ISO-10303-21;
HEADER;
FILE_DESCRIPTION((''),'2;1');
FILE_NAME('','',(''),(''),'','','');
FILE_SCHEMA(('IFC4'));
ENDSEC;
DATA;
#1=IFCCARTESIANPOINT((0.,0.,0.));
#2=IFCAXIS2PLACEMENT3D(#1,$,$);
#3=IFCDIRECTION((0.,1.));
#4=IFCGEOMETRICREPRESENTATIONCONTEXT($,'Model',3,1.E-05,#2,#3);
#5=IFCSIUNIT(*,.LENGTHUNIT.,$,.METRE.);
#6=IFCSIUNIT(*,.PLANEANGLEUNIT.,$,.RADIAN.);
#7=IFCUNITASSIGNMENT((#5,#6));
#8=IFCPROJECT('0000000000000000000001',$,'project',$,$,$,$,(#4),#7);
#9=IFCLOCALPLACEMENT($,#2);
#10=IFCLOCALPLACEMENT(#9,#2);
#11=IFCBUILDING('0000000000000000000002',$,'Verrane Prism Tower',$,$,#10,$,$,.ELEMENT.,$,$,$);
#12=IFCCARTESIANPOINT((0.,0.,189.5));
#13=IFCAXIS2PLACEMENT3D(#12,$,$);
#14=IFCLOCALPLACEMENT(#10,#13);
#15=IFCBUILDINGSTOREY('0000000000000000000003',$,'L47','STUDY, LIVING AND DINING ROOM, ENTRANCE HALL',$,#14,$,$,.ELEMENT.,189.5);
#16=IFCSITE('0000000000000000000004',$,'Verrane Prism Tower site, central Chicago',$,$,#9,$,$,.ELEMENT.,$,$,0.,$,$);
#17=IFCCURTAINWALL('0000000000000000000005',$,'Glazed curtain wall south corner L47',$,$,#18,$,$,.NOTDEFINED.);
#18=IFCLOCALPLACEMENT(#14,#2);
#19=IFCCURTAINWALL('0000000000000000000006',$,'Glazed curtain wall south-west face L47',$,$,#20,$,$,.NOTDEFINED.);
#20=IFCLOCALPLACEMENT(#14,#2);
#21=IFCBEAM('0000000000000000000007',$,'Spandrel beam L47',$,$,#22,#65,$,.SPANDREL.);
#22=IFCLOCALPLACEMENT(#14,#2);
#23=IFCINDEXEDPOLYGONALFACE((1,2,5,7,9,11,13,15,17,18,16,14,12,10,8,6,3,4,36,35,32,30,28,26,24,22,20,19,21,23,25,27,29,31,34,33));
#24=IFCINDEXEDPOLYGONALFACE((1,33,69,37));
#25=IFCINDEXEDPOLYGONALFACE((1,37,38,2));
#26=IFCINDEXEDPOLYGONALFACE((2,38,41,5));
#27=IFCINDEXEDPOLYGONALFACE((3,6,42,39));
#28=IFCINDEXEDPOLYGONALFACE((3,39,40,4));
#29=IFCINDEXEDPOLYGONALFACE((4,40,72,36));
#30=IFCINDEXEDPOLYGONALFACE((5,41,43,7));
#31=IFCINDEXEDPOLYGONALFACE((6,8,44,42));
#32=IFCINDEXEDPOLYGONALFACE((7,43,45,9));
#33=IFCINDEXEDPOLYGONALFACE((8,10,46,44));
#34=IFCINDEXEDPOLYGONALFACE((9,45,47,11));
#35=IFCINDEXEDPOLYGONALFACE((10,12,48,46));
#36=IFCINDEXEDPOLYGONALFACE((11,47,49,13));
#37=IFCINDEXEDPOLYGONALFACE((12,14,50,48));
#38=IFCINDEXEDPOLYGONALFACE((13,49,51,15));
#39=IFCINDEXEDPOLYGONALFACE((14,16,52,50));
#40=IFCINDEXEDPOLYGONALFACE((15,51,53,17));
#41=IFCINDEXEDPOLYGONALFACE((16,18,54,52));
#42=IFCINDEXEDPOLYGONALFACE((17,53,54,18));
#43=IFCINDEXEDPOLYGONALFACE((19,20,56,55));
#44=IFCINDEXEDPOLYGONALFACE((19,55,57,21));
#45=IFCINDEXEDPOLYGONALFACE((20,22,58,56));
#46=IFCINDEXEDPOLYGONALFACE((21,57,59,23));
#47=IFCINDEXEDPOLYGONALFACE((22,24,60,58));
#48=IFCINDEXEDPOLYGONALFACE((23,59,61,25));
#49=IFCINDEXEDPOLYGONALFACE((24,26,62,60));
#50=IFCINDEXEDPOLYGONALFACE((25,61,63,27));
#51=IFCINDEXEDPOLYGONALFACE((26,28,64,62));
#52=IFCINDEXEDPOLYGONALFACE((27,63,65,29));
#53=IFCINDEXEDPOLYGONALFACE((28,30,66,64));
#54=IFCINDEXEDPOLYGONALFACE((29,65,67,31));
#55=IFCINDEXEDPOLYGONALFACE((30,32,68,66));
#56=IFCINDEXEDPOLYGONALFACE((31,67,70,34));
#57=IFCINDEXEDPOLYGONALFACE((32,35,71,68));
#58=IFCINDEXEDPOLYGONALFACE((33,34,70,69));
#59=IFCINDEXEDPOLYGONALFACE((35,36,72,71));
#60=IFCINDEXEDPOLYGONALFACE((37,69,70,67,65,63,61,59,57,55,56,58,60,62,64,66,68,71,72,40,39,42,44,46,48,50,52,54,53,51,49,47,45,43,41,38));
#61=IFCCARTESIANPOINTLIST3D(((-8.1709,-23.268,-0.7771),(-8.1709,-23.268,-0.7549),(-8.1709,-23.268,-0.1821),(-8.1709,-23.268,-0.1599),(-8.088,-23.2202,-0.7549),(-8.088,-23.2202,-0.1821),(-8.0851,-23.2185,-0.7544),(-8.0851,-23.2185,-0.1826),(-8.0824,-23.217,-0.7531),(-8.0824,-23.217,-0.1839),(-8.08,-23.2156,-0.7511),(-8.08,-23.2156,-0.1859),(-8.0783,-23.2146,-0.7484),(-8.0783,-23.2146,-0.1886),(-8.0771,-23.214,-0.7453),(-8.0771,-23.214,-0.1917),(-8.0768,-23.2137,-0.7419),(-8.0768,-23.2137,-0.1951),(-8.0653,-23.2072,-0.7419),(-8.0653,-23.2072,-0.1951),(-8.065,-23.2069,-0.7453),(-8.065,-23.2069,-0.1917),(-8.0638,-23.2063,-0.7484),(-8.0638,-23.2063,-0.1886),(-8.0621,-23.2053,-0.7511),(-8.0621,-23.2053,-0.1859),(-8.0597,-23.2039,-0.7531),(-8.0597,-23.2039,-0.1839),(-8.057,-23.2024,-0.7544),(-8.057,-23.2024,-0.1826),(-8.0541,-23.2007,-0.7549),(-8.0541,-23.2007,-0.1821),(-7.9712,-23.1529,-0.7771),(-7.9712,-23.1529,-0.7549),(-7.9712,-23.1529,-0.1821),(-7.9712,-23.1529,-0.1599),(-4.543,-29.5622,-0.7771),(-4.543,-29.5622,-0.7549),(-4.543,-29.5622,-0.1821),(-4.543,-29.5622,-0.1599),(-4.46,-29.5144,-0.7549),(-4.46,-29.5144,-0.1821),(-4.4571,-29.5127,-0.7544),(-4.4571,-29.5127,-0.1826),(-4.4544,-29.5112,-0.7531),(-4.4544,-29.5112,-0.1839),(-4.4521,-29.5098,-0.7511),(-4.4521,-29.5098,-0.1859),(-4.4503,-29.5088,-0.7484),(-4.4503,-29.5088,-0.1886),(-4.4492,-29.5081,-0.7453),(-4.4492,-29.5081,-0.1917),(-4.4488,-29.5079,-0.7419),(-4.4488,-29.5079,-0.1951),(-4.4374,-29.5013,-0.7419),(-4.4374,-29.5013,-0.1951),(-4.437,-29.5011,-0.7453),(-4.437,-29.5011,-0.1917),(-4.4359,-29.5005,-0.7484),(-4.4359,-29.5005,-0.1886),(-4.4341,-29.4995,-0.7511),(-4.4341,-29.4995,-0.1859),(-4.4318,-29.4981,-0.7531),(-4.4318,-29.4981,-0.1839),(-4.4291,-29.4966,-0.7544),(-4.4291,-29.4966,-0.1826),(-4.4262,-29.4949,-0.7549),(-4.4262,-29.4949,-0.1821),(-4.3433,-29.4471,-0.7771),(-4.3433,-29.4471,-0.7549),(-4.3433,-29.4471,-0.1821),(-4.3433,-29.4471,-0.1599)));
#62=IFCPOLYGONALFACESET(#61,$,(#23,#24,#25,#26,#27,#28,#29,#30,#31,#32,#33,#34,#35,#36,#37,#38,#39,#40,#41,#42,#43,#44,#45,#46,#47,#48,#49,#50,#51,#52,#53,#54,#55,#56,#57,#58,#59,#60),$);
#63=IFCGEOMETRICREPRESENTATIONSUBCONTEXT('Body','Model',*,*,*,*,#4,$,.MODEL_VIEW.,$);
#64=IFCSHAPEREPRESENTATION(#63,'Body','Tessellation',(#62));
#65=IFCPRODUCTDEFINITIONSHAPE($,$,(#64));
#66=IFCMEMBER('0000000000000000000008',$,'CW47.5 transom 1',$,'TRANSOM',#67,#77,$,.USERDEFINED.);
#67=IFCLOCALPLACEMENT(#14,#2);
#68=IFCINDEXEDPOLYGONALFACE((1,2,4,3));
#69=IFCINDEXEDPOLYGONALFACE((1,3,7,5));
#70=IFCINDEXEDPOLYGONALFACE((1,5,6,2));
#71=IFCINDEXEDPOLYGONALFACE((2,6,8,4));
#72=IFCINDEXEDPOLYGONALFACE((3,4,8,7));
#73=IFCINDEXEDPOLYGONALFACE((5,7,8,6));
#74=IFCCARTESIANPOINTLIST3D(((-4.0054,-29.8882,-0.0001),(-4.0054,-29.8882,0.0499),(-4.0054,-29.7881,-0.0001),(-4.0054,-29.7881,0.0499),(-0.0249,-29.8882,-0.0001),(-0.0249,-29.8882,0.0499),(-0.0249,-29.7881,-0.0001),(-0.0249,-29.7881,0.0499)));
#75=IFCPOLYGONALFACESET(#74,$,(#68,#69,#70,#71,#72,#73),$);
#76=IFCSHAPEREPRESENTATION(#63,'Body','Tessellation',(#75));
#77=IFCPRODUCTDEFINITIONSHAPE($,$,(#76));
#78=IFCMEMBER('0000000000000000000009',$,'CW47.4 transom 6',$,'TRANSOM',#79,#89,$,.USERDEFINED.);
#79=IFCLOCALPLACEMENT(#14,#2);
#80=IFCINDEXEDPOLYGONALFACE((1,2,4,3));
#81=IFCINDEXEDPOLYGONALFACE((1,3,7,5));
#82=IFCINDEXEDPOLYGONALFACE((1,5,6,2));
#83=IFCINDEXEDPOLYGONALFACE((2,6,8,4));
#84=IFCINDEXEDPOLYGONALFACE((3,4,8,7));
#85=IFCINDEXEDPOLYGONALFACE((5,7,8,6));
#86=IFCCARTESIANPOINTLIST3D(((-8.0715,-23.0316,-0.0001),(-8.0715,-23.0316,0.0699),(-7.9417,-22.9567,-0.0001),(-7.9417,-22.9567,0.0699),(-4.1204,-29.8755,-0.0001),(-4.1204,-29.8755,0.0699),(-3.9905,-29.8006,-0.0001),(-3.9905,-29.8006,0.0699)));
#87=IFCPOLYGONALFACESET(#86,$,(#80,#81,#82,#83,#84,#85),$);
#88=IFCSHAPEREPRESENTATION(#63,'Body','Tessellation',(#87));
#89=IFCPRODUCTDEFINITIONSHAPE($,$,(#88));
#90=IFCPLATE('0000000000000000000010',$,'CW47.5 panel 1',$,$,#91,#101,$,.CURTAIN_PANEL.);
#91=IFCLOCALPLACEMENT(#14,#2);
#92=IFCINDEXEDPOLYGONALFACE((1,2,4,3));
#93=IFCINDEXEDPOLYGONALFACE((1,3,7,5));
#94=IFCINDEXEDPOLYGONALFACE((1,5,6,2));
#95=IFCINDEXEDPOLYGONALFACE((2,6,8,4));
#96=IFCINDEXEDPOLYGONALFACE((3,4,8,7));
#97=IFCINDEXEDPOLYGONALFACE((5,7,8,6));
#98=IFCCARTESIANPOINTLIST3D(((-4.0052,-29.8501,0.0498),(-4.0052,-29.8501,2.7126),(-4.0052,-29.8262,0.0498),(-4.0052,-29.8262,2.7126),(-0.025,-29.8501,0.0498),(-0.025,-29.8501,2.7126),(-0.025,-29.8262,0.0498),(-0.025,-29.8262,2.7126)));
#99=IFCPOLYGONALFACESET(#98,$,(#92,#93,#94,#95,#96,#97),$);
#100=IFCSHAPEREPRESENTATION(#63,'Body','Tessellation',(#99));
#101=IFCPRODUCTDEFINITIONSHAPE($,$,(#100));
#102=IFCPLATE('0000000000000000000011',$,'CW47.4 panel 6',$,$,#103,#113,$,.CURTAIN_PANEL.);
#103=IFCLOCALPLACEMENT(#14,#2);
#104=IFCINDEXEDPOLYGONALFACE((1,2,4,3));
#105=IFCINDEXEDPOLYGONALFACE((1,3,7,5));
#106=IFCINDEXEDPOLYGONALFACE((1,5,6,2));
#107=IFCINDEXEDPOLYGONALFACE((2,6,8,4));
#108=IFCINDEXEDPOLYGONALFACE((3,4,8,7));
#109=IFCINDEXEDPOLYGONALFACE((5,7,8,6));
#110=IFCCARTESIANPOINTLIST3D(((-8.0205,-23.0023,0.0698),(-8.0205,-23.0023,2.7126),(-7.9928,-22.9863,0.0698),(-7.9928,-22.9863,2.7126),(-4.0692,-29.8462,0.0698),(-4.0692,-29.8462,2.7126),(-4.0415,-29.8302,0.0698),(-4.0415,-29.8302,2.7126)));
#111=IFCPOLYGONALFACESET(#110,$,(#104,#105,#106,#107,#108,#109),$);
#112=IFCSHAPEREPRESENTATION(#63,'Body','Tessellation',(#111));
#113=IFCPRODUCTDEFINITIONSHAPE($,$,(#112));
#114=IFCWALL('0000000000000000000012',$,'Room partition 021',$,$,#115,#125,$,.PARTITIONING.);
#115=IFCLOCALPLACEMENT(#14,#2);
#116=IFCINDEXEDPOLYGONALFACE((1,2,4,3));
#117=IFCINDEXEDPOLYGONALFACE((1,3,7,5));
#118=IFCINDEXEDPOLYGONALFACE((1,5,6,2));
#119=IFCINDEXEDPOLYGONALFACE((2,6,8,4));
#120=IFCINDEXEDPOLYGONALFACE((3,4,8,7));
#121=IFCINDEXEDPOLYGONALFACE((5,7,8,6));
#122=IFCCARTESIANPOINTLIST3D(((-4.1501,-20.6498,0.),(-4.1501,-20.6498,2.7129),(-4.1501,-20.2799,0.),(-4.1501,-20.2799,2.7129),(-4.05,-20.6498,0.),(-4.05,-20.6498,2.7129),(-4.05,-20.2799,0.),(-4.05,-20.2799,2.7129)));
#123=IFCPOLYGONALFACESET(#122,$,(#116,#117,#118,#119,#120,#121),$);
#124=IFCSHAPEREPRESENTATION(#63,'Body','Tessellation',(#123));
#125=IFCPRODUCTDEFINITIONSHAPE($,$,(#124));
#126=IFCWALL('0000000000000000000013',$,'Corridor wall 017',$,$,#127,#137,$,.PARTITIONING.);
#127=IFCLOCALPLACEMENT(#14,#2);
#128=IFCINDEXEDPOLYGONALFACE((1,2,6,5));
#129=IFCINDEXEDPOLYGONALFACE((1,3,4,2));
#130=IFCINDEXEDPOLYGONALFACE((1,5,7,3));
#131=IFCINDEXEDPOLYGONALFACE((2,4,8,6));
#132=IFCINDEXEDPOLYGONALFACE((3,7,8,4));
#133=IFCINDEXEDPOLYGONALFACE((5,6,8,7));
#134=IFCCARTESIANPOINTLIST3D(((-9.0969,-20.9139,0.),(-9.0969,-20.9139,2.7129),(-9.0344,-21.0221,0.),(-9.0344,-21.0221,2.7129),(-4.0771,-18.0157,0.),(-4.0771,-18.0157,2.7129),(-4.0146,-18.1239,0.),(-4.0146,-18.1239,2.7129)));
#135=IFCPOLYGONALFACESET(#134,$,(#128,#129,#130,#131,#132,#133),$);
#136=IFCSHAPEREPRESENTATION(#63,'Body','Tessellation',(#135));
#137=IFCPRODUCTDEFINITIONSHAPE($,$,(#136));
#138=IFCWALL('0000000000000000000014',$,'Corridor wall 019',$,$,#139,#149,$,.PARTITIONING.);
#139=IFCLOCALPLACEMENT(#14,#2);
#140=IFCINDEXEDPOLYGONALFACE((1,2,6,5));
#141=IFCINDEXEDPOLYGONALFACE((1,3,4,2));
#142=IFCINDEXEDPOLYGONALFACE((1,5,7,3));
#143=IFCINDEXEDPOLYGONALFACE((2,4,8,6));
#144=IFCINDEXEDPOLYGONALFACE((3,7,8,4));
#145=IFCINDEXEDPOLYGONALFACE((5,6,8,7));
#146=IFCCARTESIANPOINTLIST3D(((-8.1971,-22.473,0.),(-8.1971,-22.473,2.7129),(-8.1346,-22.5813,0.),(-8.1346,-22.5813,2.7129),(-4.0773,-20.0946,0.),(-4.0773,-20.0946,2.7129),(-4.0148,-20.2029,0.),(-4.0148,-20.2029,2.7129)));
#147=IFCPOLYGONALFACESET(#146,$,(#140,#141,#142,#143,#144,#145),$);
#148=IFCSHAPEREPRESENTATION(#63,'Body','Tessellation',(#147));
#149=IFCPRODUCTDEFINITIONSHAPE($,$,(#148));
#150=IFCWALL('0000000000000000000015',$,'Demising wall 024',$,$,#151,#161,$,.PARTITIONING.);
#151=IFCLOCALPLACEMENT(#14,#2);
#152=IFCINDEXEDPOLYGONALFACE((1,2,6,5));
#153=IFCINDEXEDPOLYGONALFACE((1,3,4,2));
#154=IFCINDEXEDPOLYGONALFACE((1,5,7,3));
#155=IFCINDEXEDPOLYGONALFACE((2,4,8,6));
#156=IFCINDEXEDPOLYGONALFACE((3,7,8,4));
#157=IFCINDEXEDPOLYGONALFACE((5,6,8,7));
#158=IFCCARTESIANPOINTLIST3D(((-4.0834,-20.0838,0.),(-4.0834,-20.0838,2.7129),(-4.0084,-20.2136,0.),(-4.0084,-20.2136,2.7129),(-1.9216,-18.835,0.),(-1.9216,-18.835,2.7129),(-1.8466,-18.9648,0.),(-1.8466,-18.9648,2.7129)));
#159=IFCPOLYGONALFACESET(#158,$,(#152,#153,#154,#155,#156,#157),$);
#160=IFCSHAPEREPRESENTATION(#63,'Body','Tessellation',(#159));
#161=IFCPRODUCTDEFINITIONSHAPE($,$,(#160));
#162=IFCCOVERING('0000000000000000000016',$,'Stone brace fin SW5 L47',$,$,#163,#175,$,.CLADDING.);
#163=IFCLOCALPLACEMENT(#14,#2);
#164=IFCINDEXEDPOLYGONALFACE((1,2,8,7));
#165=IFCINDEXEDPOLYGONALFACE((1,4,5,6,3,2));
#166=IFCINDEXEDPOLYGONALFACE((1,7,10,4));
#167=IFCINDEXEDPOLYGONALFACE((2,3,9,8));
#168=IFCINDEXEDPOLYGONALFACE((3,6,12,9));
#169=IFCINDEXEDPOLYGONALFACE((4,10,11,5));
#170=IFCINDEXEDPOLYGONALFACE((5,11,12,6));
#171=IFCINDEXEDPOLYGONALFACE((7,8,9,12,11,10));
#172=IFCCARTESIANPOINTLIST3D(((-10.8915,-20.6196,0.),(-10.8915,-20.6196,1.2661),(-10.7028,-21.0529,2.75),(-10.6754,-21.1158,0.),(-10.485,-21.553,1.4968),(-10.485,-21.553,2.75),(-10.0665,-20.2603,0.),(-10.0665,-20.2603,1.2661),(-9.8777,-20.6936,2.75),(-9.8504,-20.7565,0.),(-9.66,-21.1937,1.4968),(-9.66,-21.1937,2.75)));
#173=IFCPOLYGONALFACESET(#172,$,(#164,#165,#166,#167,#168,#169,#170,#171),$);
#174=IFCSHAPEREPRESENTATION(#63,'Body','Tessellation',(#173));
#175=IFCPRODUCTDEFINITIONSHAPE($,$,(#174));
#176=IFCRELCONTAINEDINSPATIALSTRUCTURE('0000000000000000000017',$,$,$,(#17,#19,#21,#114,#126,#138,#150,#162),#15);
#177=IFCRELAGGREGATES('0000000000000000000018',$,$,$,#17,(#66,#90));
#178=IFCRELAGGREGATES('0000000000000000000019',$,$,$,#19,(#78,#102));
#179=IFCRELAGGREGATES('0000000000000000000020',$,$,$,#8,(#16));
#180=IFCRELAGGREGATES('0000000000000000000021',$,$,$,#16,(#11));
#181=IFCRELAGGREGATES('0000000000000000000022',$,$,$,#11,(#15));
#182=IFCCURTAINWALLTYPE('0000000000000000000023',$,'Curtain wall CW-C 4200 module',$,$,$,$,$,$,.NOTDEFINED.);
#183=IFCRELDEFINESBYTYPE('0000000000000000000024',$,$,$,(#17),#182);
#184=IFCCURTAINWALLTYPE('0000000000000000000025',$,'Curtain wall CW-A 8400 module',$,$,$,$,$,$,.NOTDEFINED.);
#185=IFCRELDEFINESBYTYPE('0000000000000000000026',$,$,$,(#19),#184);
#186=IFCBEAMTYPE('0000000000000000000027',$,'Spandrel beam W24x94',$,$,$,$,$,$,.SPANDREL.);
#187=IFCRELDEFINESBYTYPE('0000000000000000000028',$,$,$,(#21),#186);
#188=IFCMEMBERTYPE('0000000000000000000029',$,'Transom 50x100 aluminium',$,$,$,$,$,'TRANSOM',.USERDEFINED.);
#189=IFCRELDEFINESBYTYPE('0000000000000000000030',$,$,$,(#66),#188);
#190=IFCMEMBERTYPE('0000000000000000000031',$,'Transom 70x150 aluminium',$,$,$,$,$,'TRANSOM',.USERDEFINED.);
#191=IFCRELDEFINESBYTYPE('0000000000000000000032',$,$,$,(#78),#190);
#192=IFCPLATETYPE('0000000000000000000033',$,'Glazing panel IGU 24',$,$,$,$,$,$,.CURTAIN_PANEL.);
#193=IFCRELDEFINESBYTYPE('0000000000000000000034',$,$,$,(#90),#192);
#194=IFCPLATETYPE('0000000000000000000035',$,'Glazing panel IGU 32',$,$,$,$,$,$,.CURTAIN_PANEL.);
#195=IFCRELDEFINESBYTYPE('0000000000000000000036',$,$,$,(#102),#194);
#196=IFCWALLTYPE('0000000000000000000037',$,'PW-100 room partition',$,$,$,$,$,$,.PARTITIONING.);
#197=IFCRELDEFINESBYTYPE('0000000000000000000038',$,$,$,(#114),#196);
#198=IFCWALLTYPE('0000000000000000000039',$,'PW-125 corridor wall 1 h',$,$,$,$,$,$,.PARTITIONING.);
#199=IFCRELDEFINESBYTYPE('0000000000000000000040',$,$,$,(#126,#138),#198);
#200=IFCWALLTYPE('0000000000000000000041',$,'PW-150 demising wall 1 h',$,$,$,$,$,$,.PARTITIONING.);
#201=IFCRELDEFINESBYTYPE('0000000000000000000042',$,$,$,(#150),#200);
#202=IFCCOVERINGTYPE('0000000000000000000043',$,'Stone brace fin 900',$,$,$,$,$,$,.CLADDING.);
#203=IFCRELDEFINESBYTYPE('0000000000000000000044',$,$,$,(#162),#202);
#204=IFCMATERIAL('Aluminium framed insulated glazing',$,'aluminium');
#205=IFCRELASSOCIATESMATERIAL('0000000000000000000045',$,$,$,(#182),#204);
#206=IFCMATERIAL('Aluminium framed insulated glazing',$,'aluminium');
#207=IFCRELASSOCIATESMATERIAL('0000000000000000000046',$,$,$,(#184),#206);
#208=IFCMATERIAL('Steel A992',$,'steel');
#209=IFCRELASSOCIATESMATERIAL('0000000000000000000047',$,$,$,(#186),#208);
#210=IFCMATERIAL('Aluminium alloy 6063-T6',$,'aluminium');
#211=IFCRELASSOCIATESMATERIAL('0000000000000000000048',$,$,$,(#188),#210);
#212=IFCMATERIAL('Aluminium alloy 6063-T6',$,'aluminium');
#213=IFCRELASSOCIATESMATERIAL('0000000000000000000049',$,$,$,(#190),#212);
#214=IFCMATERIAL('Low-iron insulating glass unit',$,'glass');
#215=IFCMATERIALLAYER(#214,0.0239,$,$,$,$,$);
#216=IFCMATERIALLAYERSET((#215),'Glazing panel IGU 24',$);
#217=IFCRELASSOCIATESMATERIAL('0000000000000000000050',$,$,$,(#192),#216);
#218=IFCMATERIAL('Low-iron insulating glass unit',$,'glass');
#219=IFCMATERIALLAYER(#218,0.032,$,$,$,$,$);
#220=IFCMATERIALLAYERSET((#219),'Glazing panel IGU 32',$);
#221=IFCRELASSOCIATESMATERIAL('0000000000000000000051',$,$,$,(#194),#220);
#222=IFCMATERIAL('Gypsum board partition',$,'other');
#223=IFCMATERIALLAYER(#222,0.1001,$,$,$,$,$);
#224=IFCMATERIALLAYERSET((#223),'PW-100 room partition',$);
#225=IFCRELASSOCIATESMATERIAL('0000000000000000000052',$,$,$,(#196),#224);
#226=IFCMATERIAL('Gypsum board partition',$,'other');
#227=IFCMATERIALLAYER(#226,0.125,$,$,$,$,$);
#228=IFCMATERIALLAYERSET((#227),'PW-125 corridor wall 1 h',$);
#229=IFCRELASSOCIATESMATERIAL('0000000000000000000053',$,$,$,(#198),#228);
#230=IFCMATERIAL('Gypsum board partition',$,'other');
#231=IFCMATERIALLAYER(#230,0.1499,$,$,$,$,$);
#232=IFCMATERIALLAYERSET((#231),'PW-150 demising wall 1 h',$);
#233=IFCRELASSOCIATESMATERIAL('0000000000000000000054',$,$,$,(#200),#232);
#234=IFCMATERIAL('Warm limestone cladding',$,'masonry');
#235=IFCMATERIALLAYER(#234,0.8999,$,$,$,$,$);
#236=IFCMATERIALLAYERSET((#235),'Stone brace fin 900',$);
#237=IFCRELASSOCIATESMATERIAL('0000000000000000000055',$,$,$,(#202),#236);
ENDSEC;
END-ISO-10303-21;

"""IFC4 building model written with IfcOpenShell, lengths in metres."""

from ifc_helpers import new_model, si_unit, direction, frame, frame_2d, origin, origin_2d, place, context, subcontext, project, spatial, polyline, rectangle, i_section, outline, extrude, material, layer, layer_set, material_profile, profile_set, type_object, element, aggregate, save


model = new_model("IFC4")

# Units and contexts
model_context = context("Model", 3, precision=1e-05, world=origin(), true_north=direction((0.0, 1.0)))
body_context = subcontext(model_context, "Body", "Model", "MODEL_VIEW")
ifc_project = project(units=[si_unit("LENGTHUNIT", "METRE"), si_unit("PLANEANGLEUNIT", "RADIAN")], contexts=[model_context])

# Site, building, storey
site_placement = place(None, origin())
site = spatial("IfcSite", under=ifc_project, at=site_placement, Name="Verrane Prism Tower site, central Chicago", CompositionType="ELEMENT", RefElevation=0.0)
building_placement = place(site_placement, origin())
building = spatial("IfcBuilding", under=site, at=building_placement, Name="Verrane Prism Tower", CompositionType="ELEMENT")
storey_placement = place(building_placement, frame((0.0, 0.0, 189.5)))
storey = spatial("IfcBuildingStorey", under=building, at=storey_placement, Name="L47", Description="STUDY, LIVING AND DINING ROOM, ENTRANCE HALL", CompositionType="ELEMENT", Elevation=189.5)

# Curtain wall
ifc_material_1 = material(Name="Aluminium framed insulated glazing", Category="aluminium")
curtain_wall_type_1 = type_object("IfcCurtainWallType", Name="Curtain wall CW-C 4200 module", PredefinedType="NOTDEFINED", material=ifc_material_1)
curtain_wall_1_placement = place(storey_placement, origin())
curtain_wall_1 = element("IfcCurtainWall", 1, at=curtain_wall_1_placement, inside=storey, type_object=curtain_wall_type_1, Name="Glazed curtain wall south corner L47", PredefinedType="NOTDEFINED")

# Curtain wall
ifc_material_2 = material(Name="Aluminium framed insulated glazing", Category="aluminium")
curtain_wall_type_2 = type_object("IfcCurtainWallType", Name="Curtain wall CW-A 8400 module", PredefinedType="NOTDEFINED", material=ifc_material_2)
curtain_wall_2_placement = place(storey_placement, origin())
curtain_wall_2 = element("IfcCurtainWall", 2, at=curtain_wall_2_placement, inside=storey, type_object=curtain_wall_type_2, Name="Glazed curtain wall south-west face L47", PredefinedType="NOTDEFINED")

# Beam
ifc_material_3 = material(Name="Steel A992", Category="steel")
ifc_material_profile_1 = material_profile(ifc_material_3, i_section(OverallWidth=0.2305, OverallDepth=0.6172, WebThickness=0.0132, FlangeThickness=0.0222, FilletRadius=0.0129, at=origin_2d()), Name="W24x94")
ifc_profile_set_1 = profile_set([ifc_material_profile_1], Name="Steel A992")
beam_type_1 = type_object("IfcBeamType", Name="Spandrel beam W24x94", PredefinedType="SPANDREL", material=ifc_profile_set_1)
beam_1_placement = place(storey_placement, frame((-8.071, -23.2104, -0.4685), z_axis=(0.499378, -0.866384, 0.0), x_axis=(0.866384, 0.499378, 0.0)))
element("IfcBeam", 3, at=beam_1_placement, inside=storey, type_object=beam_type_1, Name="Spandrel beam L47", PredefinedType="SPANDREL", context=body_context, shape_type="SweptSolid", body=[
    extrude(i_section(OverallWidth=0.2305, OverallDepth=0.6172, WebThickness=0.0132, FlangeThickness=0.0222, FilletRadius=0.0129, at=origin_2d()), origin(), (0.0, 0.0, 1.0), 7.2649),
])

# Members
ifc_material_4 = material(Name="Aluminium alloy 6063-T6", Category="aluminium")
ifc_material_profile_2 = material_profile(ifc_material_4, rectangle(XDim=0.1001, YDim=0.05, at=origin_2d()), Name="Transom 50x100 aluminium")
ifc_profile_set_2 = profile_set([ifc_material_profile_2], Name="Aluminium alloy 6063-T6")
member_type_1 = type_object("IfcMemberType", Name="Transom 50x100 aluminium", ElementType="TRANSOM", PredefinedType="USERDEFINED", material=ifc_profile_set_2)
member_1_placement = place(storey_placement, frame((-4.0054, -29.8381, 0.0249), z_axis=(1.0, 0.0, 0.0), x_axis=(0.0, 1.0, 0.0)))
member_1 = element("IfcMember", 4, at=member_1_placement, type_object=member_type_1, Name="CW47.5 transom 1", ObjectType="TRANSOM", PredefinedType="USERDEFINED", context=body_context, shape_type="SweptSolid", body=[
    extrude(rectangle(XDim=0.1001, YDim=0.05, at=origin_2d()), origin(), (0.0, 0.0, 1.0), 3.9805),
])
ifc_material_5 = material(Name="Aluminium alloy 6063-T6", Category="aluminium")
ifc_material_profile_3 = material_profile(ifc_material_5, rectangle(XDim=0.1499, YDim=0.0701, at=origin_2d()), Name="Transom 70x150 aluminium")
ifc_profile_set_3 = profile_set([ifc_material_profile_3], Name="Aluminium alloy 6063-T6")
member_type_2 = type_object("IfcMemberType", Name="Transom 70x150 aluminium", ElementType="TRANSOM", PredefinedType="USERDEFINED", material=ifc_profile_set_3)
member_2_placement = place(storey_placement, frame((-8.0066, -22.9941, 0.0349), z_axis=(0.49998, -0.866037, 0.0), x_axis=(0.866037, 0.49998, 0.0)))
member_2 = element("IfcMember", 5, at=member_2_placement, type_object=member_type_2, Name="CW47.4 transom 6", ObjectType="TRANSOM", PredefinedType="USERDEFINED", context=body_context, shape_type="SweptSolid", body=[
    extrude(rectangle(XDim=0.1499, YDim=0.0701, at=origin_2d()), origin(), (0.0, 0.0, 1.0), 7.9026),
])

# Plates
ifc_material_6 = material(Name="Low-iron insulating glass unit", Category="glass")
ifc_layer_1 = layer(ifc_material_6, 0.0239)
ifc_layer_set_1 = layer_set([ifc_layer_1], Name="Glazing panel IGU 24")
plate_type_1 = type_object("IfcPlateType", Name="Glazing panel IGU 24", PredefinedType="CURTAIN_PANEL", material=ifc_layer_set_1)
plate_1_placement = place(storey_placement, frame((-2.0151, -29.8381, 0.0498), z_axis=(0.0, 0.0, 1.0), x_axis=(1.0, 0.0, 0.0)))
plate_1 = element("IfcPlate", 6, at=plate_1_placement, type_object=plate_type_1, Name="CW47.5 panel 1", PredefinedType="CURTAIN_PANEL", context=body_context, shape_type="SweptSolid", body=[
    extrude(rectangle(XDim=3.9802, YDim=0.0239, at=origin_2d()), origin(), (0.0, 0.0, 1.0), 2.6628),
])
aggregate(curtain_wall_1, [member_1, plate_1])
ifc_material_7 = material(Name="Low-iron insulating glass unit", Category="glass")
ifc_layer_2 = layer(ifc_material_7, 0.032)
ifc_layer_set_2 = layer_set([ifc_layer_2], Name="Glazing panel IGU 32")
plate_type_2 = type_object("IfcPlateType", Name="Glazing panel IGU 32", PredefinedType="CURTAIN_PANEL", material=ifc_layer_set_2)
plate_2_placement = place(storey_placement, frame((-6.031, -26.4163, 0.0698), z_axis=(0.0, 0.0, 1.0), x_axis=(0.5, -0.866026, 0.0)))
plate_2 = element("IfcPlate", 7, at=plate_2_placement, type_object=plate_type_2, Name="CW47.4 panel 6", PredefinedType="CURTAIN_PANEL", context=body_context, shape_type="SweptSolid", body=[
    extrude(rectangle(XDim=7.9026, YDim=0.032, at=origin_2d()), origin(), (0.0, 0.0, 1.0), 2.6428),
])
aggregate(curtain_wall_2, [member_2, plate_2])

# Walls
ifc_material_8 = material(Name="Gypsum board partition", Category="other")
ifc_layer_3 = layer(ifc_material_8, 0.1001)
ifc_layer_set_3 = layer_set([ifc_layer_3], Name="PW-100 room partition")
wall_type_1 = type_object("IfcWallType", Name="PW-100 room partition", PredefinedType="PARTITIONING", material=ifc_layer_set_3)
wall_1_placement = place(storey_placement, frame((-4.1001, -20.6499, 0.0), z_axis=(0.0, 0.0, 1.0), x_axis=(0.0, 1.0, 0.0)))
element("IfcWall", 8, at=wall_1_placement, inside=storey, type_object=wall_type_1, Name="Room partition 021", PredefinedType="PARTITIONING", context=body_context, shape_type="SweptSolid", body=[
    extrude(rectangle(XDim=0.3699, YDim=0.1001, at=frame_2d((0.1851, 0.0))), origin(), (0.0, 0.0, 1.0), 2.7129),
])
ifc_material_9 = material(Name="Gypsum board partition", Category="other")
ifc_layer_4 = layer(ifc_material_9, 0.125)
ifc_layer_set_4 = layer_set([ifc_layer_4], Name="PW-125 corridor wall 1 h")
wall_type_2 = type_object("IfcWallType", Name="PW-125 corridor wall 1 h", PredefinedType="PARTITIONING", material=ifc_layer_set_4)
wall_2_placement = place(storey_placement, frame((-9.0657, -20.968, 0.0), z_axis=(0.0, 0.0, 1.0), x_axis=(0.866024, 0.500003, 0.0)))
element("IfcWall", 9, at=wall_2_placement, inside=storey, type_object=wall_type_2, Name="Corridor wall 017", PredefinedType="PARTITIONING", context=body_context, shape_type="SweptSolid", body=[
    extrude(rectangle(XDim=5.7964, YDim=0.125, at=frame_2d((2.8982, 0.0))), origin(), (0.0, 0.0, 1.0), 2.7129),
])
wall_3_placement = place(storey_placement, frame((-8.1658, -22.5271, 0.0), z_axis=(0.0, 0.0, 1.0), x_axis=(0.866043, 0.49997, 0.0)))
element("IfcWall", 10, at=wall_3_placement, inside=storey, type_object=wall_type_2, Name="Corridor wall 019", PredefinedType="PARTITIONING", context=body_context, shape_type="SweptSolid", body=[
    extrude(rectangle(XDim=4.7571, YDim=0.125, at=frame_2d((2.3784, 0.0))), origin(), (0.0, 0.0, 1.0), 2.7129),
])
ifc_material_10 = material(Name="Gypsum board partition", Category="other")
ifc_layer_5 = layer(ifc_material_10, 0.1499)
ifc_layer_set_5 = layer_set([ifc_layer_5], Name="PW-150 demising wall 1 h")
wall_type_3 = type_object("IfcWallType", Name="PW-150 demising wall 1 h", PredefinedType="PARTITIONING", material=ifc_layer_set_5)
wall_4_placement = place(storey_placement, frame((-4.0459, -20.1487, 0.0), z_axis=(0.0, 0.0, 1.0), x_axis=(0.865917, 0.500188, 0.0)))
element("IfcWall", 11, at=wall_4_placement, inside=storey, type_object=wall_type_3, Name="Demising wall 024", PredefinedType="PARTITIONING", context=body_context, shape_type="SweptSolid", body=[
    extrude(rectangle(XDim=2.4966, YDim=0.1499, at=frame_2d((1.2483, 0.0))), origin(), (0.0, 0.0, 1.0), 2.7129),
])

# Covering
ifc_material_11 = material(Name="Warm limestone cladding", Category="masonry")
ifc_layer_6 = layer(ifc_material_11, 0.8999)
ifc_layer_set_6 = layer_set([ifc_layer_6], Name="Stone brace fin 900")
covering_type = type_object("IfcCoveringType", Name="Stone brace fin 900", PredefinedType="CLADDING", material=ifc_layer_set_6)
covering_placement = place(storey_placement, frame((-10.479, -20.4399, 0.0), z_axis=(0.0, 0.0, 1.0), x_axis=(0.399296, -0.916822, 0.0)))
element("IfcCovering", 12, at=covering_placement, inside=storey, type_object=covering_type, Name="Stone brace fin SW5 L47", PredefinedType="CLADDING", context=body_context, shape_type="SweptSolid", body=[
    extrude(outline(polyline([(1.0181, 2.75), (0.4727, 2.75), (0.0, 1.2661), (0.0, 0.0), (0.5413, 0.0), (1.0181, 1.4968), (1.0181, 2.75)])), frame((0.0, 0.45, 0.0), z_axis=(0.0, -1.0, 0.0), x_axis=(1.0, 0.0, 0.0)), (0.0, 0.0, 1.0), 0.8999),
])

save(model, "model.ifc")
